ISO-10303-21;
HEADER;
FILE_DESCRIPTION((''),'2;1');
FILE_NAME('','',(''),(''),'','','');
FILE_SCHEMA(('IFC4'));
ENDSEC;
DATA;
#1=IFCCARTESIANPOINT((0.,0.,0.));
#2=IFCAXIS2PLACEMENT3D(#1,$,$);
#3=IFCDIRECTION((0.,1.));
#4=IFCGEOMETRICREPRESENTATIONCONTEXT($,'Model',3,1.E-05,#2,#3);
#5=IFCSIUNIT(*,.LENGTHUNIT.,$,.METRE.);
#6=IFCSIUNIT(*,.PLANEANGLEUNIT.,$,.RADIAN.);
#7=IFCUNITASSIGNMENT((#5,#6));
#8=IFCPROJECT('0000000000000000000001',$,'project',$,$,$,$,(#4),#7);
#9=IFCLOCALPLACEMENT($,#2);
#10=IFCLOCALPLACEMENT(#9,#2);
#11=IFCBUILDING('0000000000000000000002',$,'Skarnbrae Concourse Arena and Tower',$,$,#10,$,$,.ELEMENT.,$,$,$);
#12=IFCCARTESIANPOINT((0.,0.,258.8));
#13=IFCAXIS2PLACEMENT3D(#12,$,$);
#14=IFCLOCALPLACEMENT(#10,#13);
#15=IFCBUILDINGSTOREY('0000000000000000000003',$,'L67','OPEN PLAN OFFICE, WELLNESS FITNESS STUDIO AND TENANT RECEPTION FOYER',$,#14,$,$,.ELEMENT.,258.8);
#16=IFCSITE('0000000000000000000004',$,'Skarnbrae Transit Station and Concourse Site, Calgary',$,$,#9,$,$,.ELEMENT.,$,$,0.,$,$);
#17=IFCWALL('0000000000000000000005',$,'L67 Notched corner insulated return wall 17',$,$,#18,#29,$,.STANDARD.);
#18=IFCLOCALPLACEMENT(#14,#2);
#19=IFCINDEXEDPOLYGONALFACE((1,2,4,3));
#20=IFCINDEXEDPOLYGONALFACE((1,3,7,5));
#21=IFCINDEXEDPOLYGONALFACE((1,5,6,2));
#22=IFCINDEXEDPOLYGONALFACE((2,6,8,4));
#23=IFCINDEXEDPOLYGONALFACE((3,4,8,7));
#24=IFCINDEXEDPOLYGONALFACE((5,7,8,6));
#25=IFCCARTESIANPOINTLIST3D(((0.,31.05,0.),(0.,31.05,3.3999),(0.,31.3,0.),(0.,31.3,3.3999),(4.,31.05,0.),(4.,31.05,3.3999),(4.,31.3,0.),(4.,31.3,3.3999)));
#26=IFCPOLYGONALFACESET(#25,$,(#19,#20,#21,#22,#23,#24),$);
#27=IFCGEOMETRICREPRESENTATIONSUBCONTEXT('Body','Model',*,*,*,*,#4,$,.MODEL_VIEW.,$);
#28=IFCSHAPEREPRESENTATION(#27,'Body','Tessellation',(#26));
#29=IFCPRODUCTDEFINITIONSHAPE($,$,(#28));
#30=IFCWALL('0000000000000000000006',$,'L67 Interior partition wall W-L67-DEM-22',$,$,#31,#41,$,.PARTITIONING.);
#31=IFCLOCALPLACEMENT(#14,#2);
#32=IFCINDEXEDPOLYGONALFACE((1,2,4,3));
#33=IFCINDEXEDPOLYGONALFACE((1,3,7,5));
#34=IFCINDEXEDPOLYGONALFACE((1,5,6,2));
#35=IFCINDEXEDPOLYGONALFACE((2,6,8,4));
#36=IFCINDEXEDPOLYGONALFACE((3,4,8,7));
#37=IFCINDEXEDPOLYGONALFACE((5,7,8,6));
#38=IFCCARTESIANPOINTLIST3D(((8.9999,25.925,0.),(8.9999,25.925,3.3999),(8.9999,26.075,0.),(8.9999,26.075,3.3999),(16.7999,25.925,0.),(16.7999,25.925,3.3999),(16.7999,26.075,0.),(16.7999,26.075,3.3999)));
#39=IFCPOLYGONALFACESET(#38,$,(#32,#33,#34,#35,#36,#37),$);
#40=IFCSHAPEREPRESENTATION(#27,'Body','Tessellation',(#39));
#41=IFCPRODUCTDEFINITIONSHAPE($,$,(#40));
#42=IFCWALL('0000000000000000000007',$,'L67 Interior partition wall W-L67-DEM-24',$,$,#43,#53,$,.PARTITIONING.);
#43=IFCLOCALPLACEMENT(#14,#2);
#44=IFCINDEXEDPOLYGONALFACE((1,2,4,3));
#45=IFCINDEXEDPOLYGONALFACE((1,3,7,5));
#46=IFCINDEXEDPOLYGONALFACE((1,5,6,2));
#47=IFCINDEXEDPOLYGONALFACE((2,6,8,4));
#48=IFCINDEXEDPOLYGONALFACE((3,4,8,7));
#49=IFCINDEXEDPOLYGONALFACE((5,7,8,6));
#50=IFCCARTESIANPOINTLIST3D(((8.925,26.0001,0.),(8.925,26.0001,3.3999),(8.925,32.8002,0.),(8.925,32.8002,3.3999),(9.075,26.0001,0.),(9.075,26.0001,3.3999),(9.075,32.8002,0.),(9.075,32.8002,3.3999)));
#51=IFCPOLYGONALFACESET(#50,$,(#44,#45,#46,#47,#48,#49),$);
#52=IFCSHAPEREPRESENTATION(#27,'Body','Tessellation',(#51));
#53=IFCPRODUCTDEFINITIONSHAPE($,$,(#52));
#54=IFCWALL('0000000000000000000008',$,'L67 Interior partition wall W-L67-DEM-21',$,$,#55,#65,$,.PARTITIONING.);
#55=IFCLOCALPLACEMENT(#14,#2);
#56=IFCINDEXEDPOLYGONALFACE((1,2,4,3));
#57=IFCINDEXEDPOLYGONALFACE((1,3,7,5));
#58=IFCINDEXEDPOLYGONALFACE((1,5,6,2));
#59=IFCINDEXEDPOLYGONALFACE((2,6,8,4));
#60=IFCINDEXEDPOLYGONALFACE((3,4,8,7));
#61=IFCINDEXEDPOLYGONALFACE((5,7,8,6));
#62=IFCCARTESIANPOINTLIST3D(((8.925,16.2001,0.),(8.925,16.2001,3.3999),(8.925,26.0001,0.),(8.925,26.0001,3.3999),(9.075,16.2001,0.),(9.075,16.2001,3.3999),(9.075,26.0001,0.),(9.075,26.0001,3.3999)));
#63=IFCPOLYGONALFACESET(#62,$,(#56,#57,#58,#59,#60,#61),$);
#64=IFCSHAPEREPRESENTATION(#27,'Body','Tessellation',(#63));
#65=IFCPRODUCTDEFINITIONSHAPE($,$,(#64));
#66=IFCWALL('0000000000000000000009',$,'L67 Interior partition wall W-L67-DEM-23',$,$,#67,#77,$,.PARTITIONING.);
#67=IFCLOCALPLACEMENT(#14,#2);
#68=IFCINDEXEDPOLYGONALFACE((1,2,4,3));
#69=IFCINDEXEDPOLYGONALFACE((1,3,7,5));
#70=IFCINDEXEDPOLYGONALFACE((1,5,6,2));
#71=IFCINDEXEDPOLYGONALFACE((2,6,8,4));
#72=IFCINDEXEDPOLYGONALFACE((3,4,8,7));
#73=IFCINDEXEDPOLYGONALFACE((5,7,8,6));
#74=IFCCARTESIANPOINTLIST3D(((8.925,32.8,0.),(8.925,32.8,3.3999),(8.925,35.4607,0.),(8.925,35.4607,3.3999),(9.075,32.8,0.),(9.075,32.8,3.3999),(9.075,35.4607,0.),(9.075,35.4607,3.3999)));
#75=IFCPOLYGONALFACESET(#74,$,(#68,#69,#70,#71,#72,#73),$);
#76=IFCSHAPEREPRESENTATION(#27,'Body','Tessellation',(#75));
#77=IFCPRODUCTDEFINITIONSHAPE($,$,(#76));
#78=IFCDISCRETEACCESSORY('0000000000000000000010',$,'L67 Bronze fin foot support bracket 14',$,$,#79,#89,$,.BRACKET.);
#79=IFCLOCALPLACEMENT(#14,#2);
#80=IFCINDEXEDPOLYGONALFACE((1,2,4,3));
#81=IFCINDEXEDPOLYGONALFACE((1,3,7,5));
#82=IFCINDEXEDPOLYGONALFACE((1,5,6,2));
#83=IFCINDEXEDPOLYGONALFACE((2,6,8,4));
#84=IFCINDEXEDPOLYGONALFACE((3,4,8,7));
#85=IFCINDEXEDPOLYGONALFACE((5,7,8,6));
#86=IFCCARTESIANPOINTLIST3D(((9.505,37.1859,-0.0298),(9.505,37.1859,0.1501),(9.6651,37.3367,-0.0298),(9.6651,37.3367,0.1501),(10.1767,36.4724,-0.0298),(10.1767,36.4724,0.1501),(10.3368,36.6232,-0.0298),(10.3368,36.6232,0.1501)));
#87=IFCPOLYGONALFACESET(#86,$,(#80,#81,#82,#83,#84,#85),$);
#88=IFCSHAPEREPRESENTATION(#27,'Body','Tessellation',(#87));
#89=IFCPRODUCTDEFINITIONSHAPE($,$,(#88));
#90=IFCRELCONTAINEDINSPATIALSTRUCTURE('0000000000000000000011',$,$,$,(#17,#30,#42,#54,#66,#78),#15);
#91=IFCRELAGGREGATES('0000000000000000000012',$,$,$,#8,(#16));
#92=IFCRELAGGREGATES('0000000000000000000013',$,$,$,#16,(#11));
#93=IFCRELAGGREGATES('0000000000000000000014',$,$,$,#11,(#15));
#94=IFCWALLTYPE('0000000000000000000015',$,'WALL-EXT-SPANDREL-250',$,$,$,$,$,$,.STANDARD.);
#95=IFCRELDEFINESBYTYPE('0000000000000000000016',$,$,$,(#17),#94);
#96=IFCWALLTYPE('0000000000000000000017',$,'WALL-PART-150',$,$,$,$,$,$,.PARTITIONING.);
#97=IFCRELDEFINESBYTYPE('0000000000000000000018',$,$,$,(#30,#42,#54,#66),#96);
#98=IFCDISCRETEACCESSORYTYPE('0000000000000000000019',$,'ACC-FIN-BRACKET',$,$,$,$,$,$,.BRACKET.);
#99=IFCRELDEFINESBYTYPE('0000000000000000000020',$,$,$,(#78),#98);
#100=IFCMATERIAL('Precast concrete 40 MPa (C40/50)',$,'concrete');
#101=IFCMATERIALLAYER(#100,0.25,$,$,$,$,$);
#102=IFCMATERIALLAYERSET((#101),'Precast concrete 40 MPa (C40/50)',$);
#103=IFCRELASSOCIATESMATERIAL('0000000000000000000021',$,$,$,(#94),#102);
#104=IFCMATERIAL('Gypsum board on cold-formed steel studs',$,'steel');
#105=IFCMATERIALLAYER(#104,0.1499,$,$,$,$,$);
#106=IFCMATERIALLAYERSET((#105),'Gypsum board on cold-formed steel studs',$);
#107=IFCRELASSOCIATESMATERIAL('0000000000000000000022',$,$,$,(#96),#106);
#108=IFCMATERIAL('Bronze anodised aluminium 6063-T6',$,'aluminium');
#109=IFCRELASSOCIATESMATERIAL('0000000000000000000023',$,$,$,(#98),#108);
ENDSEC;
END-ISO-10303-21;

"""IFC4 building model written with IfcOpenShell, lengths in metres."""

from ifc_helpers import new_model, si_unit, direction, frame, frame_2d, origin, origin_2d, place, context, subcontext, project, spatial, rectangle, extrude, source, transform, mapped, material, layer, layer_set, type_object, element, save


model = new_model("IFC4")

# Units and contexts
model_context = context("Model", 3, precision=1e-05, world=origin(), true_north=direction((0.0, 1.0)))
body_context = subcontext(model_context, "Body", "Model", "MODEL_VIEW")
ifc_project = project(units=[si_unit("LENGTHUNIT", "METRE"), si_unit("PLANEANGLEUNIT", "RADIAN")], contexts=[model_context])

# Site, building, storey
site_placement = place(None, origin())
site = spatial("IfcSite", under=ifc_project, at=site_placement, Name="Skarnbrae Transit Station and Concourse Site, Calgary", CompositionType="ELEMENT", RefElevation=0.0)
building_placement = place(site_placement, origin())
building = spatial("IfcBuilding", under=site, at=building_placement, Name="Skarnbrae Concourse Arena and Tower", CompositionType="ELEMENT")
storey_placement = place(building_placement, frame((0.0, 0.0, 258.8)))
storey = spatial("IfcBuildingStorey", under=building, at=storey_placement, Name="L67", Description="OPEN PLAN OFFICE, WELLNESS FITNESS STUDIO AND TENANT RECEPTION FOYER", CompositionType="ELEMENT", Elevation=258.8)

# Shared definitions
ifc_material_1 = material(Name="Bronze anodised aluminium 6063-T6", Category="aluminium")

# Walls
ifc_material_2 = material(Name="Precast concrete 40 MPa (C40/50)", Category="concrete")
ifc_layer_1 = layer(ifc_material_2, 0.25)
ifc_layer_set_1 = layer_set([ifc_layer_1], Name="Precast concrete 40 MPa (C40/50)")
wall_type_1 = type_object("IfcWallType", Name="WALL-EXT-SPANDREL-250", PredefinedType="STANDARD", material=ifc_layer_set_1)
shared_shape_1 = source(origin(), body_context, "Body", "SweptSolid", [
    extrude(rectangle(XDim=4.0, YDim=0.25, at=frame_2d((2.0, 0.0))), origin(), (0.0, 0.0, 1.0), 3.3999),
])
for number, where, z_axis, x_axis, name in (
    (1, (4.0, 31.175, 0.0), (0.0, 0.0, 1.0), (-1.0, 0.0, 0.0), "L67 Notched corner insulated return wall 17"),
):
    element("IfcWall", number, at=place(storey_placement, frame(where, z_axis=z_axis, x_axis=x_axis)), inside=storey, type_object=wall_type_1, Name=name, PredefinedType="STANDARD", context=body_context, shape_type="MappedRepresentation", body=[
        mapped(shared_shape_1, transform((0.0, 0.0, 0.0))),
    ])
ifc_material_3 = material(Name="Gypsum board on cold-formed steel studs", Category="steel")
ifc_layer_2 = layer(ifc_material_3, 0.1499)
ifc_layer_set_2 = layer_set([ifc_layer_2], Name="Gypsum board on cold-formed steel studs")
wall_type_2 = type_object("IfcWallType", Name="WALL-PART-150", PredefinedType="PARTITIONING", material=ifc_layer_set_2)
shared_shape_2 = source(origin(), body_context, "Body", "SweptSolid", [
    extrude(rectangle(XDim=7.8, YDim=0.1499, at=frame_2d((3.8999, 0.0))), origin(), (0.0, 0.0, 1.0), 3.3999),
])
wall_1_placement = place(storey_placement, frame((9.0, 26.0, 0.0), z_axis=(0.0, 0.0, 1.0), x_axis=(1.0, 0.0, 0.0)))
element("IfcWall", 2, at=wall_1_placement, inside=storey, type_object=wall_type_2, Name="L67 Interior partition wall W-L67-DEM-22", PredefinedType="PARTITIONING", context=body_context, shape_type="MappedRepresentation", body=[
    mapped(shared_shape_2, transform((0.0, 0.0, 0.0))),
])
shared_shape_3 = source(origin(), body_context, "Body", "SweptSolid", [
    extrude(rectangle(XDim=6.8, YDim=0.1499, at=frame_2d((3.3999, 0.0))), origin(), (0.0, 0.0, 1.0), 3.3999),
])
wall_2_placement = place(storey_placement, frame((9.0, 32.8, 0.0), z_axis=(0.0, 0.0, 1.0), x_axis=(0.0, -1.0, 0.0)))
element("IfcWall", 3, at=wall_2_placement, inside=storey, type_object=wall_type_2, Name="L67 Interior partition wall W-L67-DEM-24", PredefinedType="PARTITIONING", context=body_context, shape_type="MappedRepresentation", body=[
    mapped(shared_shape_3, transform((0.0, 0.0, 0.0))),
])
shared_shape_4 = source(origin(), body_context, "Body", "SweptSolid", [
    extrude(rectangle(XDim=9.8, YDim=0.1499, at=frame_2d((4.8999, 0.0))), origin(), (0.0, 0.0, 1.0), 3.3999),
])
wall_3_placement = place(storey_placement, frame((9.0, 26.0, 0.0), z_axis=(0.0, 0.0, 1.0), x_axis=(0.0, -1.0, 0.0)))
element("IfcWall", 4, at=wall_3_placement, inside=storey, type_object=wall_type_2, Name="L67 Interior partition wall W-L67-DEM-21", PredefinedType="PARTITIONING", context=body_context, shape_type="MappedRepresentation", body=[
    mapped(shared_shape_4, transform((0.0, 0.0, 0.0))),
])
shared_shape_5 = source(origin(), body_context, "Body", "SweptSolid", [
    extrude(rectangle(XDim=2.6606, YDim=0.1499, at=frame_2d((1.3303, 0.0))), origin(), (0.0, 0.0, 1.0), 3.3999),
])
wall_4_placement = place(storey_placement, frame((9.0, 35.4607, 0.0), z_axis=(0.0, 0.0, 1.0), x_axis=(0.0, -1.0, 0.0)))
element("IfcWall", 5, at=wall_4_placement, inside=storey, type_object=wall_type_2, Name="L67 Interior partition wall W-L67-DEM-23", PredefinedType="PARTITIONING", context=body_context, shape_type="MappedRepresentation", body=[
    mapped(shared_shape_5, transform((0.0, 0.0, 0.0))),
])

# Discrete accessory
discrete_accessory_type = type_object("IfcDiscreteAccessoryType", Name="ACC-FIN-BRACKET", PredefinedType="BRACKET", material=ifc_material_1)
shared_shape_6 = source(origin(), body_context, "Body", "SweptSolid", [
    extrude(rectangle(XDim=0.22, YDim=0.98, at=origin_2d()), origin(), (0.0, 0.0, 1.0), 0.1799),
])
discrete_accessory_placement = place(storey_placement, frame((9.9209, 36.9045, -0.0298), z_axis=(0.0, 0.0, 1.0), x_axis=(0.728132, 0.685437, 0.0)))
element("IfcDiscreteAccessory", 6, at=discrete_accessory_placement, inside=storey, type_object=discrete_accessory_type, Name="L67 Bronze fin foot support bracket 14", PredefinedType="BRACKET", context=body_context, shape_type="MappedRepresentation", body=[
    mapped(shared_shape_6, transform((0.0, 0.0, 0.0))),
])

save(model, "model.ifc")
